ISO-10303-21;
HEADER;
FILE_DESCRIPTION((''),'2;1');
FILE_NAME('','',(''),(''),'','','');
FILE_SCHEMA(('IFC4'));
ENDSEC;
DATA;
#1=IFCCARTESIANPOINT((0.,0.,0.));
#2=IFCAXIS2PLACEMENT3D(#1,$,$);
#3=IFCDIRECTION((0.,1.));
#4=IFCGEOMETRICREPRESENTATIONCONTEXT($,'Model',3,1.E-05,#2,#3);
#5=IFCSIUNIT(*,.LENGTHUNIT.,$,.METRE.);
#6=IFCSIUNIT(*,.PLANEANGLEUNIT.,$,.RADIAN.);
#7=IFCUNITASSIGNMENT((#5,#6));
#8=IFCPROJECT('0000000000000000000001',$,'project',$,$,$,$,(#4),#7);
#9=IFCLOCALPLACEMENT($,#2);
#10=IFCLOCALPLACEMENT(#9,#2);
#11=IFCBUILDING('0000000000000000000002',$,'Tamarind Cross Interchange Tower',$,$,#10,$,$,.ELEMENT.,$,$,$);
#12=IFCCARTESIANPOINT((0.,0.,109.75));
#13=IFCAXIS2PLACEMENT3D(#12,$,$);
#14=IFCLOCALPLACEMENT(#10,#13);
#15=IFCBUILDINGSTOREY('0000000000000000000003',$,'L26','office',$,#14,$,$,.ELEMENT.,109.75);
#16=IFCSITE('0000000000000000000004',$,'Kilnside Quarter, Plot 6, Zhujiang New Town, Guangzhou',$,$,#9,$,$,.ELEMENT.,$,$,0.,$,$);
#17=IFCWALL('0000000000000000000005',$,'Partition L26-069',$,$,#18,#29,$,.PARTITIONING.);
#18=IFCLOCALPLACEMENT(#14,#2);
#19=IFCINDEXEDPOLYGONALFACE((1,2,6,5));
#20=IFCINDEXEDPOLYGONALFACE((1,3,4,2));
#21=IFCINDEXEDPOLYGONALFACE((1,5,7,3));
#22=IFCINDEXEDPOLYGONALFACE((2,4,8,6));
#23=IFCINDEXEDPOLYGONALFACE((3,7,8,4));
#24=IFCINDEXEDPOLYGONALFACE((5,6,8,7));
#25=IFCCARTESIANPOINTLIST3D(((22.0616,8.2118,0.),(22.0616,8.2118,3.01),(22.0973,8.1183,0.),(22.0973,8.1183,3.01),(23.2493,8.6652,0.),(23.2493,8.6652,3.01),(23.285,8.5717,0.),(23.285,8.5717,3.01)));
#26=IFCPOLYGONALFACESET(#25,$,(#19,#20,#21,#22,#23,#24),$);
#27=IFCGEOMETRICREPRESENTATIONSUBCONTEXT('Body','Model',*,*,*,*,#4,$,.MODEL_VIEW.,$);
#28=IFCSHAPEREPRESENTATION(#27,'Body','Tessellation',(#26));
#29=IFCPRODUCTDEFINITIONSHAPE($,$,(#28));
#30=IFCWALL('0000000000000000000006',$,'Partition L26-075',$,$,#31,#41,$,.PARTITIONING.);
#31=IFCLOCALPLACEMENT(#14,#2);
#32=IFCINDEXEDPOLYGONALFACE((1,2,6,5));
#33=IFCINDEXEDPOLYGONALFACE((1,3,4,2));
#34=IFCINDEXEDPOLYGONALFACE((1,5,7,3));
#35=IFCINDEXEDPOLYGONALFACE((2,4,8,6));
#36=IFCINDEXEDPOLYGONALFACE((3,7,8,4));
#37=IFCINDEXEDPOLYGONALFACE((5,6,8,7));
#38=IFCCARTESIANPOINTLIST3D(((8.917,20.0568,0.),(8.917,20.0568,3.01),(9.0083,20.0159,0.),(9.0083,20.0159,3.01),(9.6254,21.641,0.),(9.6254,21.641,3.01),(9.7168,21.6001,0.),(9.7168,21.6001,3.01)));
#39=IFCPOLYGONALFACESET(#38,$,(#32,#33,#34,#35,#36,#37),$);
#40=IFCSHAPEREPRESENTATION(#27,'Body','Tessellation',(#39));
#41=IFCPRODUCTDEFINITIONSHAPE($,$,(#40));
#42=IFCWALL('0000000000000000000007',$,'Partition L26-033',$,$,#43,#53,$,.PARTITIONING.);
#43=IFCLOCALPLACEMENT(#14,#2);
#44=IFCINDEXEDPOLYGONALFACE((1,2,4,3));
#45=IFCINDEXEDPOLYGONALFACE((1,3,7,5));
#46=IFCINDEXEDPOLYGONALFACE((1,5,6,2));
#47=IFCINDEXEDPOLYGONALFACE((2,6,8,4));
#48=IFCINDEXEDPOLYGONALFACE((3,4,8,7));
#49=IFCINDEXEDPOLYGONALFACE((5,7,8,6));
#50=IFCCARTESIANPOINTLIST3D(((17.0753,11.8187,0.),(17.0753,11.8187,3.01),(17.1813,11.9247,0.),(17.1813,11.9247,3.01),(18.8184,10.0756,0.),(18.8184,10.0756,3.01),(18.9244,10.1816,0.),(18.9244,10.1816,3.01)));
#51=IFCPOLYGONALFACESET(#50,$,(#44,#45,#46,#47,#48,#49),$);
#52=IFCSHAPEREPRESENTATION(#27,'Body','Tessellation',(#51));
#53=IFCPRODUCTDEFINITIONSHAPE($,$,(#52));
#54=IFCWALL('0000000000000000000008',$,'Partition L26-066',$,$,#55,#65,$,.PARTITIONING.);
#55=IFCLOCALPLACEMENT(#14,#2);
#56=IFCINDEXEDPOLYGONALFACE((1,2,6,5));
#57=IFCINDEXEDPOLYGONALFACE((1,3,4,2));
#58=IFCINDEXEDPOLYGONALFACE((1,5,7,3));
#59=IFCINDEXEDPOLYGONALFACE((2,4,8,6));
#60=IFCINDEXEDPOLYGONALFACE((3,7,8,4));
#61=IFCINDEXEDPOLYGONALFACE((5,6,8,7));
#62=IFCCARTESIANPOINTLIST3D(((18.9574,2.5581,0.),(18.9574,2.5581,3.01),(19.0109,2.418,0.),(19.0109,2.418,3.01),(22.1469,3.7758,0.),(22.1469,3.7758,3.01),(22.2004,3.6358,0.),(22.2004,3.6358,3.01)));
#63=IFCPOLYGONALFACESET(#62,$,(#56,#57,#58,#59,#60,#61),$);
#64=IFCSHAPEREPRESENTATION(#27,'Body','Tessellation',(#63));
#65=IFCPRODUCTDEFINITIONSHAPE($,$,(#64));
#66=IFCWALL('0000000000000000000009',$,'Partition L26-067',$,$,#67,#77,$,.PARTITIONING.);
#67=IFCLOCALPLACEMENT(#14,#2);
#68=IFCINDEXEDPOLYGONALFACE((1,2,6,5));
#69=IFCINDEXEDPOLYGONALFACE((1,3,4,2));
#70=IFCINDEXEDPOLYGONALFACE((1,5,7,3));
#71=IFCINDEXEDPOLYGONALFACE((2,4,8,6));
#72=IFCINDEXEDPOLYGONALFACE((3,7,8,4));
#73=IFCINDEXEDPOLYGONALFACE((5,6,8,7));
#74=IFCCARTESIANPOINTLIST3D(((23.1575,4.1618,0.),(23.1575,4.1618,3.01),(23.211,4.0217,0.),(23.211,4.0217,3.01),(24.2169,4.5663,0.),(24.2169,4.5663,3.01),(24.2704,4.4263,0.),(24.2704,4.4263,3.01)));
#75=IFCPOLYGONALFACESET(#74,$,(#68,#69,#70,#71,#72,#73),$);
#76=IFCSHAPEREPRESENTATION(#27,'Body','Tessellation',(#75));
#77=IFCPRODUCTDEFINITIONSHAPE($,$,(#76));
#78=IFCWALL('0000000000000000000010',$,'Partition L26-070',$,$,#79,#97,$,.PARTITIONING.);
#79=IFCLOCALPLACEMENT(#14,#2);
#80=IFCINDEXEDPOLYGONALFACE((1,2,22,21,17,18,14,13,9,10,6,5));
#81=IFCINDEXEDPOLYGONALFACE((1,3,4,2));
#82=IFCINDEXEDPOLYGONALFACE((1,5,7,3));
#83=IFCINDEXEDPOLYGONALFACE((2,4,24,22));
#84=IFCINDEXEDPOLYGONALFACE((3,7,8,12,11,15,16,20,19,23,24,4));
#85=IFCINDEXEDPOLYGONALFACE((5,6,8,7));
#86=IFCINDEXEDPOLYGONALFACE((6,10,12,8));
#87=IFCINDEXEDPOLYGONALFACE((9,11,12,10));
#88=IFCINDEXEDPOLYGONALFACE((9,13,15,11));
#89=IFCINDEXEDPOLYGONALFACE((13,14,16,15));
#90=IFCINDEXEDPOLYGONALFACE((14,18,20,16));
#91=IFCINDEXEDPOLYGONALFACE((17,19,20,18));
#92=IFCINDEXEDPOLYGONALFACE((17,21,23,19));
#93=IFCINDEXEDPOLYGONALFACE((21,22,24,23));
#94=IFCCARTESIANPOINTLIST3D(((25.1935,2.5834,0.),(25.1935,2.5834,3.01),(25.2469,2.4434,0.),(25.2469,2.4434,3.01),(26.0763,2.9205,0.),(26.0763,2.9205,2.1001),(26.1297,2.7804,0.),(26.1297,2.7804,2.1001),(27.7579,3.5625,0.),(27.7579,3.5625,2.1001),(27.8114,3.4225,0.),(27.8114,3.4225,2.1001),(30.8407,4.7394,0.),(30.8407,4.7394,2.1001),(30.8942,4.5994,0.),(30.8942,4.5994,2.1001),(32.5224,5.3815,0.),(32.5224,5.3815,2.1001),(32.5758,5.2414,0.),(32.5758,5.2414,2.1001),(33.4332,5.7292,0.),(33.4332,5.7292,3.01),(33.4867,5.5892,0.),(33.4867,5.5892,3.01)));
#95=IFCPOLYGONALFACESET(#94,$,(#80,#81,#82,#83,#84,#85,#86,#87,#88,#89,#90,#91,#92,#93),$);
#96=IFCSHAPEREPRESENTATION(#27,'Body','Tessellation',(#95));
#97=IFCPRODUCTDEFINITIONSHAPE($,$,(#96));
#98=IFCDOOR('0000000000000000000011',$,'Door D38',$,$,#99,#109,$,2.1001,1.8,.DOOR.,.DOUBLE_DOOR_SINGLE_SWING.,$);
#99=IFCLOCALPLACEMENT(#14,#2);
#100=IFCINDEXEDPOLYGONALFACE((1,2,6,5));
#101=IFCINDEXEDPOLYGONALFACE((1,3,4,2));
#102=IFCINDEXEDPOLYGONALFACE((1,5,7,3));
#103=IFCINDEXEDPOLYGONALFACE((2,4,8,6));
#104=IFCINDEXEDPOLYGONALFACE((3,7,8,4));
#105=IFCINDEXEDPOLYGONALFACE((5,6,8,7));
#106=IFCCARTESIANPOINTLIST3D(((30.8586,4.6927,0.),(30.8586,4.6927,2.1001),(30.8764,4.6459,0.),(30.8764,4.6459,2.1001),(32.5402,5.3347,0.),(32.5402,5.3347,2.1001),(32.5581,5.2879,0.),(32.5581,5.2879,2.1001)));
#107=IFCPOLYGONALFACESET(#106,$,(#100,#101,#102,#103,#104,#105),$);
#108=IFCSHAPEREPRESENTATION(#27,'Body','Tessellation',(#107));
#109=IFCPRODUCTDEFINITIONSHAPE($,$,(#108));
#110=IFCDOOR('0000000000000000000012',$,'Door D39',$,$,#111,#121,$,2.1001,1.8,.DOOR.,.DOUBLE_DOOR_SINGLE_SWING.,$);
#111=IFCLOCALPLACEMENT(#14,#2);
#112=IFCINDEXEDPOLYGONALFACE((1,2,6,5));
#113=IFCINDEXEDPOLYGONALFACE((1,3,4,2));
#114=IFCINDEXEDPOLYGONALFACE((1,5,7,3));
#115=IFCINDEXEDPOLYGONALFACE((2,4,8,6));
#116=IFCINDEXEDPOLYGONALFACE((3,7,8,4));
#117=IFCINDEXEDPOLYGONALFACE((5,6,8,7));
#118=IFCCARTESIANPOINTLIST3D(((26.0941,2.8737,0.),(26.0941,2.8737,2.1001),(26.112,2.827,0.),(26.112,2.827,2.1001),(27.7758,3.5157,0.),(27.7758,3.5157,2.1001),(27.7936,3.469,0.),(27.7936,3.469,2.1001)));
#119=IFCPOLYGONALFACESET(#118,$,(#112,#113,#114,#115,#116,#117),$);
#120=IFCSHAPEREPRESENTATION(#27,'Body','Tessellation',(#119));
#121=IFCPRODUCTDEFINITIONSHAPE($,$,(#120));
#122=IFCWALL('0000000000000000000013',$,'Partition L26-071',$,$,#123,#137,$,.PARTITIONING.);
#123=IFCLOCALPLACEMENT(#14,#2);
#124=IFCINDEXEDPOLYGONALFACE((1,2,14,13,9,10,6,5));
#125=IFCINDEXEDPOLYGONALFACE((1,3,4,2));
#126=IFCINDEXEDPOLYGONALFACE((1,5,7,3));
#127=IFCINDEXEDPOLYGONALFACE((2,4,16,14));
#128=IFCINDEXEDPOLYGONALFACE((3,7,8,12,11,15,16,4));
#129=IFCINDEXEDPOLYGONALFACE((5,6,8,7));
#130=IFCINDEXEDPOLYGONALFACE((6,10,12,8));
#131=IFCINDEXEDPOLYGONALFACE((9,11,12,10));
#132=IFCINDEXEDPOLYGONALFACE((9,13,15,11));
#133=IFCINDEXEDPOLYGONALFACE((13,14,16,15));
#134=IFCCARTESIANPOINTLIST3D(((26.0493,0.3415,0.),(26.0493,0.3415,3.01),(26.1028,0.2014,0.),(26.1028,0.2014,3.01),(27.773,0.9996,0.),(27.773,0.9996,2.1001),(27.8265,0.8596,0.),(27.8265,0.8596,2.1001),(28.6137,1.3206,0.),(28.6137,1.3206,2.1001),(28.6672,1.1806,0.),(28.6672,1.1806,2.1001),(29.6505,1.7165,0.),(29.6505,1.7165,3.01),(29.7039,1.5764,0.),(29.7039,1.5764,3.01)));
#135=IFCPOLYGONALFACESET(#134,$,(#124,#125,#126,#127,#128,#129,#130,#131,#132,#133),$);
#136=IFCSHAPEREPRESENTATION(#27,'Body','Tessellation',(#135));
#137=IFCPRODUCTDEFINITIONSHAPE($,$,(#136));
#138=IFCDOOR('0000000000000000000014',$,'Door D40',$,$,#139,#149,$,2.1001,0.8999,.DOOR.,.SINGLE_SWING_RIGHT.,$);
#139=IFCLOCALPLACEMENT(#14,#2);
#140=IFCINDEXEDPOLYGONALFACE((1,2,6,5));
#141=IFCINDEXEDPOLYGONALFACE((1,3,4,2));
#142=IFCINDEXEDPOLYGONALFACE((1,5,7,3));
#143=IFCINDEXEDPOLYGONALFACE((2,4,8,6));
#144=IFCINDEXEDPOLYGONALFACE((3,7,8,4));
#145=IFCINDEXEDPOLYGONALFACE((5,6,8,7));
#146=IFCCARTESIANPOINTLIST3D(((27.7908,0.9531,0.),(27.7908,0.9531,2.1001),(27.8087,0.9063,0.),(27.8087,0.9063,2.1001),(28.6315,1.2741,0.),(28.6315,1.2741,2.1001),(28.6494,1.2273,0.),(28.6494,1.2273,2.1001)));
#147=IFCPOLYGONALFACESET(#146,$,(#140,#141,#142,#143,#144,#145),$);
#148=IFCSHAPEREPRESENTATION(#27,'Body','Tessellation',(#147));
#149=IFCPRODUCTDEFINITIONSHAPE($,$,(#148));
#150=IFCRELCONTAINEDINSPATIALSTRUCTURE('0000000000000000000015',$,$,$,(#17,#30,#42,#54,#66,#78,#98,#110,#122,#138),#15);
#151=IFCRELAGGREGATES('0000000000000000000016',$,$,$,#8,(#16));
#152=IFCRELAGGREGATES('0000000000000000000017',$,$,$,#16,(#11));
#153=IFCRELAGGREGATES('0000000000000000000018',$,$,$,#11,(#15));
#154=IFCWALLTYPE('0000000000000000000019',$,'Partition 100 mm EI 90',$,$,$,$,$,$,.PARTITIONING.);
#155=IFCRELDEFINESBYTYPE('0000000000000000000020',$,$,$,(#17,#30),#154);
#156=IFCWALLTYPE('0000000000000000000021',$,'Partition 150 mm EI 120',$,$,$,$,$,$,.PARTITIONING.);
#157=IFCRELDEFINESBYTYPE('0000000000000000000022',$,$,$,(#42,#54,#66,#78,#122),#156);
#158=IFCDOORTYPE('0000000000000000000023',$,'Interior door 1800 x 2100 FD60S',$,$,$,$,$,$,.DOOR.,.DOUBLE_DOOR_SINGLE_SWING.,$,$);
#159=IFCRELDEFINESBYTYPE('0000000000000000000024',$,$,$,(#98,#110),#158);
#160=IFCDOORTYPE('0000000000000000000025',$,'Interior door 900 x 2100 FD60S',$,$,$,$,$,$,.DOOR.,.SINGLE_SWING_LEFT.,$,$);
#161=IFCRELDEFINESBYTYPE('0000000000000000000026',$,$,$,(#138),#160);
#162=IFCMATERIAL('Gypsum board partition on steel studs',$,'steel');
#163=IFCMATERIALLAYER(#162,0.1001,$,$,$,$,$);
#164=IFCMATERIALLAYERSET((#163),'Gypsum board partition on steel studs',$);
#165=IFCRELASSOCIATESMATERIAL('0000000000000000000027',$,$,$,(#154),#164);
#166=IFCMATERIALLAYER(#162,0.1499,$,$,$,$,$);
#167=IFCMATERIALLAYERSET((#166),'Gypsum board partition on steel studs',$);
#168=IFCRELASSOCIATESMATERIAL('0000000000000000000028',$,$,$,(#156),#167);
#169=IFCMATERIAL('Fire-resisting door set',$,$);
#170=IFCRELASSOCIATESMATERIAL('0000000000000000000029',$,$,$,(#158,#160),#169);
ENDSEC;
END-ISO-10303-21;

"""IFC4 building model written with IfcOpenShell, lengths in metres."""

from ifc_helpers import new_model, si_unit, direction, frame, frame_2d, origin, place, context, subcontext, project, spatial, rectangle, extrude, material, layer, layer_set, type_object, element, fill, save


model = new_model("IFC4")

# Units and contexts
model_context = context("Model", 3, precision=1e-05, world=origin(), true_north=direction((0.0, 1.0)))
body_context = subcontext(model_context, "Body", "Model", "MODEL_VIEW")
ifc_project = project(units=[si_unit("LENGTHUNIT", "METRE"), si_unit("PLANEANGLEUNIT", "RADIAN")], contexts=[model_context])

# Site, building, storey
site_placement = place(None, origin())
site = spatial("IfcSite", under=ifc_project, at=site_placement, Name="Kilnside Quarter, Plot 6, Zhujiang New Town, Guangzhou", CompositionType="ELEMENT", RefElevation=0.0)
building_placement = place(site_placement, origin())
building = spatial("IfcBuilding", under=site, at=building_placement, Name="Tamarind Cross Interchange Tower", CompositionType="ELEMENT")
storey_placement = place(building_placement, frame((0.0, 0.0, 109.75)))
storey = spatial("IfcBuildingStorey", under=building, at=storey_placement, Name="L26", Description="office", CompositionType="ELEMENT", Elevation=109.75)

# Walls
ifc_material_1 = material(Name="Gypsum board partition on steel studs", Category="steel")
ifc_layer_1 = layer(ifc_material_1, 0.1001)
ifc_layer_set_1 = layer_set([ifc_layer_1], Name="Gypsum board partition on steel studs")
wall_type_1 = type_object("IfcWallType", Name="Partition 100 mm EI 90", PredefinedType="PARTITIONING", material=ifc_layer_set_1)
wall_1_placement = place(storey_placement, frame((22.0793, 8.165, 0.0), z_axis=(0.0, 0.0, 1.0), x_axis=(0.934253, 0.35661, 0.0)))
element("IfcWall", 1, at=wall_1_placement, inside=storey, type_object=wall_type_1, Name="Partition L26-069", PredefinedType="PARTITIONING", context=body_context, shape_type="SweptSolid", body=[
    extrude(rectangle(XDim=1.2712, YDim=0.1001, at=frame_2d((0.6357, 0.0))), origin(), (0.0, 0.0, 1.0), 3.01),
])
wall_2_placement = place(storey_placement, frame((8.9626, 20.0364, 0.0), z_axis=(0.0, 0.0, 1.0), x_axis=(0.408252, 0.912869, 0.0)))
element("IfcWall", 2, at=wall_2_placement, inside=storey, type_object=wall_type_1, Name="Partition L26-075", PredefinedType="PARTITIONING", context=body_context, shape_type="SweptSolid", body=[
    extrude(rectangle(XDim=1.7354, YDim=0.1001, at=frame_2d((0.8677, 0.0))), origin(), (0.0, 0.0, 1.0), 3.01),
])
ifc_layer_2 = layer(ifc_material_1, 0.1499)
ifc_layer_set_2 = layer_set([ifc_layer_2], Name="Gypsum board partition on steel studs")
wall_type_2 = type_object("IfcWallType", Name="Partition 150 mm EI 120", PredefinedType="PARTITIONING", material=ifc_layer_set_2)
wall_3_placement = place(storey_placement, frame((17.1284, 11.8716, 0.0), z_axis=(0.0, 0.0, 1.0), x_axis=(0.707107, -0.707107, 0.0)))
element("IfcWall", 3, at=wall_3_placement, inside=storey, type_object=wall_type_2, Name="Partition L26-033", PredefinedType="PARTITIONING", context=body_context, shape_type="SweptSolid", body=[
    extrude(rectangle(XDim=2.4651, YDim=0.1499, at=frame_2d((1.2324, 0.0))), origin(), (0.0, 0.0, 1.0), 3.01),
])
wall_4_placement = place(storey_placement, frame((18.9841, 2.488, 0.0), z_axis=(0.0, 0.0, 1.0), x_axis=(0.93422, 0.356697, 0.0)))
element("IfcWall", 4, at=wall_4_placement, inside=storey, type_object=wall_type_2, Name="Partition L26-066", PredefinedType="PARTITIONING", context=body_context, shape_type="SweptSolid", body=[
    extrude(rectangle(XDim=3.4141, YDim=0.1499, at=frame_2d((1.707, 0.0))), origin(), (0.0, 0.0, 1.0), 3.01),
])
wall_5_placement = place(storey_placement, frame((23.1843, 4.0918, 0.0), z_axis=(0.0, 0.0, 1.0), x_axis=(0.934198, 0.356756, 0.0)))
element("IfcWall", 5, at=wall_5_placement, inside=storey, type_object=wall_type_2, Name="Partition L26-067", PredefinedType="PARTITIONING", context=body_context, shape_type="SweptSolid", body=[
    extrude(rectangle(XDim=1.134, YDim=0.1499, at=frame_2d((0.5669, 0.0))), origin(), (0.0, 0.0, 1.0), 3.01),
])

# Wall, openings, doors
wall_6_placement = place(storey_placement, frame((25.2202, 2.5134, 0.0), z_axis=(0.0, 0.0, 1.0), x_axis=(0.934231, 0.356669, 0.0)))
wall_6 = element("IfcWall", 6, at=wall_6_placement, inside=storey, type_object=wall_type_2, Name="Partition L26-070", PredefinedType="PARTITIONING", context=body_context, shape_type="SweptSolid", body=[
    extrude(rectangle(XDim=8.8198, YDim=0.1499, at=frame_2d((4.4099, 0.0))), origin(), (0.0, 0.0, 1.0), 3.01),
])
opening_1_placement = place(wall_6_placement, frame((6.0449, 0.0, 0.0)))
opening_1 = element("IfcOpeningElement", 7, at=opening_1_placement, cuts=wall_6, PredefinedType="OPENING", context=body_context, shape_type="SweptSolid", body=[
    extrude(rectangle(XDim=1.8, YDim=2.1001, at=frame_2d((0.8999, 1.05))), frame((0.0, 0.085, 0.0), z_axis=(0.0, -1.0, 0.0), x_axis=(1.0, 0.0, 0.0)), (0.0, 0.0, 1.0), 0.1699),
])
opening_2_placement = place(wall_6_placement, frame((0.9451, 0.0, 0.0)))
opening_2 = element("IfcOpeningElement", 8, at=opening_2_placement, cuts=wall_6, PredefinedType="OPENING", context=body_context, shape_type="SweptSolid", body=[
    extrude(rectangle(XDim=1.8, YDim=2.1001, at=frame_2d((0.8999, 1.05))), frame((0.0, 0.085, 0.0), z_axis=(0.0, -1.0, 0.0), x_axis=(1.0, 0.0, 0.0)), (0.0, 0.0, 1.0), 0.1699),
])
ifc_material_2 = material(Name="Fire-resisting door set")
door_type_1 = type_object("IfcDoorType", Name="Interior door 1800 x 2100 FD60S", OperationType="DOUBLE_DOOR_SINGLE_SWING", PredefinedType="DOOR", material=ifc_material_2)
door_1_placement = place(opening_1_placement, origin())
door_1 = element("IfcDoor", 9, at=door_1_placement, inside=storey, type_object=door_type_1, Name="Door D38", OperationType="DOUBLE_DOOR_SINGLE_SWING", OverallHeight=2.1001, OverallWidth=1.8, PredefinedType="DOOR", context=body_context, shape_type="SweptSolid", body=[
    extrude(rectangle(XDim=1.8, YDim=2.1001, at=frame_2d((0.8999, 1.05))), frame((0.0, 0.0249, 0.0), z_axis=(0.0, -1.0, 0.0), x_axis=(1.0, 0.0, 0.0)), (0.0, 0.0, 1.0), 0.05),
])
fill(opening_1, door_1)
door_2_placement = place(opening_2_placement, origin())
door_2 = element("IfcDoor", 10, at=door_2_placement, inside=storey, type_object=door_type_1, Name="Door D39", OperationType="DOUBLE_DOOR_SINGLE_SWING", OverallHeight=2.1001, OverallWidth=1.8, PredefinedType="DOOR", context=body_context, shape_type="SweptSolid", body=[
    extrude(rectangle(XDim=1.8, YDim=2.1001, at=frame_2d((0.8999, 1.05))), frame((0.0, 0.0249, 0.0), z_axis=(0.0, -1.0, 0.0), x_axis=(1.0, 0.0, 0.0)), (0.0, 0.0, 1.0), 0.05),
])
fill(opening_2, door_2)

# Wall, opening, door
wall_7_placement = place(storey_placement, frame((26.0762, 0.2715, 0.0), z_axis=(0.0, 0.0, 1.0), x_axis=(0.934215, 0.356712, 0.0)))
wall_7 = element("IfcWall", 11, at=wall_7_placement, inside=storey, type_object=wall_type_2, Name="Partition L26-071", PredefinedType="PARTITIONING", context=body_context, shape_type="SweptSolid", body=[
    extrude(rectangle(XDim=3.8547, YDim=0.1499, at=frame_2d((1.9272, 0.0))), origin(), (0.0, 0.0, 1.0), 3.01),
])
opening_3_placement = place(wall_7_placement, frame((1.845, 0.0, 0.0)))
opening_3 = element("IfcOpeningElement", 12, at=opening_3_placement, cuts=wall_7, PredefinedType="OPENING", context=body_context, shape_type="SweptSolid", body=[
    extrude(rectangle(XDim=0.8999, YDim=2.1001, at=frame_2d((0.45, 1.05))), frame((0.0, 0.085, 0.0), z_axis=(0.0, -1.0, 0.0), x_axis=(1.0, 0.0, 0.0)), (0.0, 0.0, 1.0), 0.1699),
])
door_type_2 = type_object("IfcDoorType", Name="Interior door 900 x 2100 FD60S", OperationType="SINGLE_SWING_LEFT", PredefinedType="DOOR", material=ifc_material_2)
door_3_placement = place(opening_3_placement, frame((0.8999, 0.0, 0.0), z_axis=(0.0, 0.0, 1.0), x_axis=(-1.0, 0.0, 0.0)))
door_3 = element("IfcDoor", 13, at=door_3_placement, inside=storey, type_object=door_type_2, Name="Door D40", OperationType="SINGLE_SWING_RIGHT", OverallHeight=2.1001, OverallWidth=0.8999, PredefinedType="DOOR", context=body_context, shape_type="SweptSolid", body=[
    extrude(rectangle(XDim=0.8999, YDim=2.1001, at=frame_2d((0.45, 1.05))), frame((0.0, 0.0249, 0.0), z_axis=(0.0, -1.0, 0.0), x_axis=(1.0, 0.0, 0.0)), (0.0, 0.0, 1.0), 0.05),
])
fill(opening_3, door_3)

save(model, "model.ifc")
